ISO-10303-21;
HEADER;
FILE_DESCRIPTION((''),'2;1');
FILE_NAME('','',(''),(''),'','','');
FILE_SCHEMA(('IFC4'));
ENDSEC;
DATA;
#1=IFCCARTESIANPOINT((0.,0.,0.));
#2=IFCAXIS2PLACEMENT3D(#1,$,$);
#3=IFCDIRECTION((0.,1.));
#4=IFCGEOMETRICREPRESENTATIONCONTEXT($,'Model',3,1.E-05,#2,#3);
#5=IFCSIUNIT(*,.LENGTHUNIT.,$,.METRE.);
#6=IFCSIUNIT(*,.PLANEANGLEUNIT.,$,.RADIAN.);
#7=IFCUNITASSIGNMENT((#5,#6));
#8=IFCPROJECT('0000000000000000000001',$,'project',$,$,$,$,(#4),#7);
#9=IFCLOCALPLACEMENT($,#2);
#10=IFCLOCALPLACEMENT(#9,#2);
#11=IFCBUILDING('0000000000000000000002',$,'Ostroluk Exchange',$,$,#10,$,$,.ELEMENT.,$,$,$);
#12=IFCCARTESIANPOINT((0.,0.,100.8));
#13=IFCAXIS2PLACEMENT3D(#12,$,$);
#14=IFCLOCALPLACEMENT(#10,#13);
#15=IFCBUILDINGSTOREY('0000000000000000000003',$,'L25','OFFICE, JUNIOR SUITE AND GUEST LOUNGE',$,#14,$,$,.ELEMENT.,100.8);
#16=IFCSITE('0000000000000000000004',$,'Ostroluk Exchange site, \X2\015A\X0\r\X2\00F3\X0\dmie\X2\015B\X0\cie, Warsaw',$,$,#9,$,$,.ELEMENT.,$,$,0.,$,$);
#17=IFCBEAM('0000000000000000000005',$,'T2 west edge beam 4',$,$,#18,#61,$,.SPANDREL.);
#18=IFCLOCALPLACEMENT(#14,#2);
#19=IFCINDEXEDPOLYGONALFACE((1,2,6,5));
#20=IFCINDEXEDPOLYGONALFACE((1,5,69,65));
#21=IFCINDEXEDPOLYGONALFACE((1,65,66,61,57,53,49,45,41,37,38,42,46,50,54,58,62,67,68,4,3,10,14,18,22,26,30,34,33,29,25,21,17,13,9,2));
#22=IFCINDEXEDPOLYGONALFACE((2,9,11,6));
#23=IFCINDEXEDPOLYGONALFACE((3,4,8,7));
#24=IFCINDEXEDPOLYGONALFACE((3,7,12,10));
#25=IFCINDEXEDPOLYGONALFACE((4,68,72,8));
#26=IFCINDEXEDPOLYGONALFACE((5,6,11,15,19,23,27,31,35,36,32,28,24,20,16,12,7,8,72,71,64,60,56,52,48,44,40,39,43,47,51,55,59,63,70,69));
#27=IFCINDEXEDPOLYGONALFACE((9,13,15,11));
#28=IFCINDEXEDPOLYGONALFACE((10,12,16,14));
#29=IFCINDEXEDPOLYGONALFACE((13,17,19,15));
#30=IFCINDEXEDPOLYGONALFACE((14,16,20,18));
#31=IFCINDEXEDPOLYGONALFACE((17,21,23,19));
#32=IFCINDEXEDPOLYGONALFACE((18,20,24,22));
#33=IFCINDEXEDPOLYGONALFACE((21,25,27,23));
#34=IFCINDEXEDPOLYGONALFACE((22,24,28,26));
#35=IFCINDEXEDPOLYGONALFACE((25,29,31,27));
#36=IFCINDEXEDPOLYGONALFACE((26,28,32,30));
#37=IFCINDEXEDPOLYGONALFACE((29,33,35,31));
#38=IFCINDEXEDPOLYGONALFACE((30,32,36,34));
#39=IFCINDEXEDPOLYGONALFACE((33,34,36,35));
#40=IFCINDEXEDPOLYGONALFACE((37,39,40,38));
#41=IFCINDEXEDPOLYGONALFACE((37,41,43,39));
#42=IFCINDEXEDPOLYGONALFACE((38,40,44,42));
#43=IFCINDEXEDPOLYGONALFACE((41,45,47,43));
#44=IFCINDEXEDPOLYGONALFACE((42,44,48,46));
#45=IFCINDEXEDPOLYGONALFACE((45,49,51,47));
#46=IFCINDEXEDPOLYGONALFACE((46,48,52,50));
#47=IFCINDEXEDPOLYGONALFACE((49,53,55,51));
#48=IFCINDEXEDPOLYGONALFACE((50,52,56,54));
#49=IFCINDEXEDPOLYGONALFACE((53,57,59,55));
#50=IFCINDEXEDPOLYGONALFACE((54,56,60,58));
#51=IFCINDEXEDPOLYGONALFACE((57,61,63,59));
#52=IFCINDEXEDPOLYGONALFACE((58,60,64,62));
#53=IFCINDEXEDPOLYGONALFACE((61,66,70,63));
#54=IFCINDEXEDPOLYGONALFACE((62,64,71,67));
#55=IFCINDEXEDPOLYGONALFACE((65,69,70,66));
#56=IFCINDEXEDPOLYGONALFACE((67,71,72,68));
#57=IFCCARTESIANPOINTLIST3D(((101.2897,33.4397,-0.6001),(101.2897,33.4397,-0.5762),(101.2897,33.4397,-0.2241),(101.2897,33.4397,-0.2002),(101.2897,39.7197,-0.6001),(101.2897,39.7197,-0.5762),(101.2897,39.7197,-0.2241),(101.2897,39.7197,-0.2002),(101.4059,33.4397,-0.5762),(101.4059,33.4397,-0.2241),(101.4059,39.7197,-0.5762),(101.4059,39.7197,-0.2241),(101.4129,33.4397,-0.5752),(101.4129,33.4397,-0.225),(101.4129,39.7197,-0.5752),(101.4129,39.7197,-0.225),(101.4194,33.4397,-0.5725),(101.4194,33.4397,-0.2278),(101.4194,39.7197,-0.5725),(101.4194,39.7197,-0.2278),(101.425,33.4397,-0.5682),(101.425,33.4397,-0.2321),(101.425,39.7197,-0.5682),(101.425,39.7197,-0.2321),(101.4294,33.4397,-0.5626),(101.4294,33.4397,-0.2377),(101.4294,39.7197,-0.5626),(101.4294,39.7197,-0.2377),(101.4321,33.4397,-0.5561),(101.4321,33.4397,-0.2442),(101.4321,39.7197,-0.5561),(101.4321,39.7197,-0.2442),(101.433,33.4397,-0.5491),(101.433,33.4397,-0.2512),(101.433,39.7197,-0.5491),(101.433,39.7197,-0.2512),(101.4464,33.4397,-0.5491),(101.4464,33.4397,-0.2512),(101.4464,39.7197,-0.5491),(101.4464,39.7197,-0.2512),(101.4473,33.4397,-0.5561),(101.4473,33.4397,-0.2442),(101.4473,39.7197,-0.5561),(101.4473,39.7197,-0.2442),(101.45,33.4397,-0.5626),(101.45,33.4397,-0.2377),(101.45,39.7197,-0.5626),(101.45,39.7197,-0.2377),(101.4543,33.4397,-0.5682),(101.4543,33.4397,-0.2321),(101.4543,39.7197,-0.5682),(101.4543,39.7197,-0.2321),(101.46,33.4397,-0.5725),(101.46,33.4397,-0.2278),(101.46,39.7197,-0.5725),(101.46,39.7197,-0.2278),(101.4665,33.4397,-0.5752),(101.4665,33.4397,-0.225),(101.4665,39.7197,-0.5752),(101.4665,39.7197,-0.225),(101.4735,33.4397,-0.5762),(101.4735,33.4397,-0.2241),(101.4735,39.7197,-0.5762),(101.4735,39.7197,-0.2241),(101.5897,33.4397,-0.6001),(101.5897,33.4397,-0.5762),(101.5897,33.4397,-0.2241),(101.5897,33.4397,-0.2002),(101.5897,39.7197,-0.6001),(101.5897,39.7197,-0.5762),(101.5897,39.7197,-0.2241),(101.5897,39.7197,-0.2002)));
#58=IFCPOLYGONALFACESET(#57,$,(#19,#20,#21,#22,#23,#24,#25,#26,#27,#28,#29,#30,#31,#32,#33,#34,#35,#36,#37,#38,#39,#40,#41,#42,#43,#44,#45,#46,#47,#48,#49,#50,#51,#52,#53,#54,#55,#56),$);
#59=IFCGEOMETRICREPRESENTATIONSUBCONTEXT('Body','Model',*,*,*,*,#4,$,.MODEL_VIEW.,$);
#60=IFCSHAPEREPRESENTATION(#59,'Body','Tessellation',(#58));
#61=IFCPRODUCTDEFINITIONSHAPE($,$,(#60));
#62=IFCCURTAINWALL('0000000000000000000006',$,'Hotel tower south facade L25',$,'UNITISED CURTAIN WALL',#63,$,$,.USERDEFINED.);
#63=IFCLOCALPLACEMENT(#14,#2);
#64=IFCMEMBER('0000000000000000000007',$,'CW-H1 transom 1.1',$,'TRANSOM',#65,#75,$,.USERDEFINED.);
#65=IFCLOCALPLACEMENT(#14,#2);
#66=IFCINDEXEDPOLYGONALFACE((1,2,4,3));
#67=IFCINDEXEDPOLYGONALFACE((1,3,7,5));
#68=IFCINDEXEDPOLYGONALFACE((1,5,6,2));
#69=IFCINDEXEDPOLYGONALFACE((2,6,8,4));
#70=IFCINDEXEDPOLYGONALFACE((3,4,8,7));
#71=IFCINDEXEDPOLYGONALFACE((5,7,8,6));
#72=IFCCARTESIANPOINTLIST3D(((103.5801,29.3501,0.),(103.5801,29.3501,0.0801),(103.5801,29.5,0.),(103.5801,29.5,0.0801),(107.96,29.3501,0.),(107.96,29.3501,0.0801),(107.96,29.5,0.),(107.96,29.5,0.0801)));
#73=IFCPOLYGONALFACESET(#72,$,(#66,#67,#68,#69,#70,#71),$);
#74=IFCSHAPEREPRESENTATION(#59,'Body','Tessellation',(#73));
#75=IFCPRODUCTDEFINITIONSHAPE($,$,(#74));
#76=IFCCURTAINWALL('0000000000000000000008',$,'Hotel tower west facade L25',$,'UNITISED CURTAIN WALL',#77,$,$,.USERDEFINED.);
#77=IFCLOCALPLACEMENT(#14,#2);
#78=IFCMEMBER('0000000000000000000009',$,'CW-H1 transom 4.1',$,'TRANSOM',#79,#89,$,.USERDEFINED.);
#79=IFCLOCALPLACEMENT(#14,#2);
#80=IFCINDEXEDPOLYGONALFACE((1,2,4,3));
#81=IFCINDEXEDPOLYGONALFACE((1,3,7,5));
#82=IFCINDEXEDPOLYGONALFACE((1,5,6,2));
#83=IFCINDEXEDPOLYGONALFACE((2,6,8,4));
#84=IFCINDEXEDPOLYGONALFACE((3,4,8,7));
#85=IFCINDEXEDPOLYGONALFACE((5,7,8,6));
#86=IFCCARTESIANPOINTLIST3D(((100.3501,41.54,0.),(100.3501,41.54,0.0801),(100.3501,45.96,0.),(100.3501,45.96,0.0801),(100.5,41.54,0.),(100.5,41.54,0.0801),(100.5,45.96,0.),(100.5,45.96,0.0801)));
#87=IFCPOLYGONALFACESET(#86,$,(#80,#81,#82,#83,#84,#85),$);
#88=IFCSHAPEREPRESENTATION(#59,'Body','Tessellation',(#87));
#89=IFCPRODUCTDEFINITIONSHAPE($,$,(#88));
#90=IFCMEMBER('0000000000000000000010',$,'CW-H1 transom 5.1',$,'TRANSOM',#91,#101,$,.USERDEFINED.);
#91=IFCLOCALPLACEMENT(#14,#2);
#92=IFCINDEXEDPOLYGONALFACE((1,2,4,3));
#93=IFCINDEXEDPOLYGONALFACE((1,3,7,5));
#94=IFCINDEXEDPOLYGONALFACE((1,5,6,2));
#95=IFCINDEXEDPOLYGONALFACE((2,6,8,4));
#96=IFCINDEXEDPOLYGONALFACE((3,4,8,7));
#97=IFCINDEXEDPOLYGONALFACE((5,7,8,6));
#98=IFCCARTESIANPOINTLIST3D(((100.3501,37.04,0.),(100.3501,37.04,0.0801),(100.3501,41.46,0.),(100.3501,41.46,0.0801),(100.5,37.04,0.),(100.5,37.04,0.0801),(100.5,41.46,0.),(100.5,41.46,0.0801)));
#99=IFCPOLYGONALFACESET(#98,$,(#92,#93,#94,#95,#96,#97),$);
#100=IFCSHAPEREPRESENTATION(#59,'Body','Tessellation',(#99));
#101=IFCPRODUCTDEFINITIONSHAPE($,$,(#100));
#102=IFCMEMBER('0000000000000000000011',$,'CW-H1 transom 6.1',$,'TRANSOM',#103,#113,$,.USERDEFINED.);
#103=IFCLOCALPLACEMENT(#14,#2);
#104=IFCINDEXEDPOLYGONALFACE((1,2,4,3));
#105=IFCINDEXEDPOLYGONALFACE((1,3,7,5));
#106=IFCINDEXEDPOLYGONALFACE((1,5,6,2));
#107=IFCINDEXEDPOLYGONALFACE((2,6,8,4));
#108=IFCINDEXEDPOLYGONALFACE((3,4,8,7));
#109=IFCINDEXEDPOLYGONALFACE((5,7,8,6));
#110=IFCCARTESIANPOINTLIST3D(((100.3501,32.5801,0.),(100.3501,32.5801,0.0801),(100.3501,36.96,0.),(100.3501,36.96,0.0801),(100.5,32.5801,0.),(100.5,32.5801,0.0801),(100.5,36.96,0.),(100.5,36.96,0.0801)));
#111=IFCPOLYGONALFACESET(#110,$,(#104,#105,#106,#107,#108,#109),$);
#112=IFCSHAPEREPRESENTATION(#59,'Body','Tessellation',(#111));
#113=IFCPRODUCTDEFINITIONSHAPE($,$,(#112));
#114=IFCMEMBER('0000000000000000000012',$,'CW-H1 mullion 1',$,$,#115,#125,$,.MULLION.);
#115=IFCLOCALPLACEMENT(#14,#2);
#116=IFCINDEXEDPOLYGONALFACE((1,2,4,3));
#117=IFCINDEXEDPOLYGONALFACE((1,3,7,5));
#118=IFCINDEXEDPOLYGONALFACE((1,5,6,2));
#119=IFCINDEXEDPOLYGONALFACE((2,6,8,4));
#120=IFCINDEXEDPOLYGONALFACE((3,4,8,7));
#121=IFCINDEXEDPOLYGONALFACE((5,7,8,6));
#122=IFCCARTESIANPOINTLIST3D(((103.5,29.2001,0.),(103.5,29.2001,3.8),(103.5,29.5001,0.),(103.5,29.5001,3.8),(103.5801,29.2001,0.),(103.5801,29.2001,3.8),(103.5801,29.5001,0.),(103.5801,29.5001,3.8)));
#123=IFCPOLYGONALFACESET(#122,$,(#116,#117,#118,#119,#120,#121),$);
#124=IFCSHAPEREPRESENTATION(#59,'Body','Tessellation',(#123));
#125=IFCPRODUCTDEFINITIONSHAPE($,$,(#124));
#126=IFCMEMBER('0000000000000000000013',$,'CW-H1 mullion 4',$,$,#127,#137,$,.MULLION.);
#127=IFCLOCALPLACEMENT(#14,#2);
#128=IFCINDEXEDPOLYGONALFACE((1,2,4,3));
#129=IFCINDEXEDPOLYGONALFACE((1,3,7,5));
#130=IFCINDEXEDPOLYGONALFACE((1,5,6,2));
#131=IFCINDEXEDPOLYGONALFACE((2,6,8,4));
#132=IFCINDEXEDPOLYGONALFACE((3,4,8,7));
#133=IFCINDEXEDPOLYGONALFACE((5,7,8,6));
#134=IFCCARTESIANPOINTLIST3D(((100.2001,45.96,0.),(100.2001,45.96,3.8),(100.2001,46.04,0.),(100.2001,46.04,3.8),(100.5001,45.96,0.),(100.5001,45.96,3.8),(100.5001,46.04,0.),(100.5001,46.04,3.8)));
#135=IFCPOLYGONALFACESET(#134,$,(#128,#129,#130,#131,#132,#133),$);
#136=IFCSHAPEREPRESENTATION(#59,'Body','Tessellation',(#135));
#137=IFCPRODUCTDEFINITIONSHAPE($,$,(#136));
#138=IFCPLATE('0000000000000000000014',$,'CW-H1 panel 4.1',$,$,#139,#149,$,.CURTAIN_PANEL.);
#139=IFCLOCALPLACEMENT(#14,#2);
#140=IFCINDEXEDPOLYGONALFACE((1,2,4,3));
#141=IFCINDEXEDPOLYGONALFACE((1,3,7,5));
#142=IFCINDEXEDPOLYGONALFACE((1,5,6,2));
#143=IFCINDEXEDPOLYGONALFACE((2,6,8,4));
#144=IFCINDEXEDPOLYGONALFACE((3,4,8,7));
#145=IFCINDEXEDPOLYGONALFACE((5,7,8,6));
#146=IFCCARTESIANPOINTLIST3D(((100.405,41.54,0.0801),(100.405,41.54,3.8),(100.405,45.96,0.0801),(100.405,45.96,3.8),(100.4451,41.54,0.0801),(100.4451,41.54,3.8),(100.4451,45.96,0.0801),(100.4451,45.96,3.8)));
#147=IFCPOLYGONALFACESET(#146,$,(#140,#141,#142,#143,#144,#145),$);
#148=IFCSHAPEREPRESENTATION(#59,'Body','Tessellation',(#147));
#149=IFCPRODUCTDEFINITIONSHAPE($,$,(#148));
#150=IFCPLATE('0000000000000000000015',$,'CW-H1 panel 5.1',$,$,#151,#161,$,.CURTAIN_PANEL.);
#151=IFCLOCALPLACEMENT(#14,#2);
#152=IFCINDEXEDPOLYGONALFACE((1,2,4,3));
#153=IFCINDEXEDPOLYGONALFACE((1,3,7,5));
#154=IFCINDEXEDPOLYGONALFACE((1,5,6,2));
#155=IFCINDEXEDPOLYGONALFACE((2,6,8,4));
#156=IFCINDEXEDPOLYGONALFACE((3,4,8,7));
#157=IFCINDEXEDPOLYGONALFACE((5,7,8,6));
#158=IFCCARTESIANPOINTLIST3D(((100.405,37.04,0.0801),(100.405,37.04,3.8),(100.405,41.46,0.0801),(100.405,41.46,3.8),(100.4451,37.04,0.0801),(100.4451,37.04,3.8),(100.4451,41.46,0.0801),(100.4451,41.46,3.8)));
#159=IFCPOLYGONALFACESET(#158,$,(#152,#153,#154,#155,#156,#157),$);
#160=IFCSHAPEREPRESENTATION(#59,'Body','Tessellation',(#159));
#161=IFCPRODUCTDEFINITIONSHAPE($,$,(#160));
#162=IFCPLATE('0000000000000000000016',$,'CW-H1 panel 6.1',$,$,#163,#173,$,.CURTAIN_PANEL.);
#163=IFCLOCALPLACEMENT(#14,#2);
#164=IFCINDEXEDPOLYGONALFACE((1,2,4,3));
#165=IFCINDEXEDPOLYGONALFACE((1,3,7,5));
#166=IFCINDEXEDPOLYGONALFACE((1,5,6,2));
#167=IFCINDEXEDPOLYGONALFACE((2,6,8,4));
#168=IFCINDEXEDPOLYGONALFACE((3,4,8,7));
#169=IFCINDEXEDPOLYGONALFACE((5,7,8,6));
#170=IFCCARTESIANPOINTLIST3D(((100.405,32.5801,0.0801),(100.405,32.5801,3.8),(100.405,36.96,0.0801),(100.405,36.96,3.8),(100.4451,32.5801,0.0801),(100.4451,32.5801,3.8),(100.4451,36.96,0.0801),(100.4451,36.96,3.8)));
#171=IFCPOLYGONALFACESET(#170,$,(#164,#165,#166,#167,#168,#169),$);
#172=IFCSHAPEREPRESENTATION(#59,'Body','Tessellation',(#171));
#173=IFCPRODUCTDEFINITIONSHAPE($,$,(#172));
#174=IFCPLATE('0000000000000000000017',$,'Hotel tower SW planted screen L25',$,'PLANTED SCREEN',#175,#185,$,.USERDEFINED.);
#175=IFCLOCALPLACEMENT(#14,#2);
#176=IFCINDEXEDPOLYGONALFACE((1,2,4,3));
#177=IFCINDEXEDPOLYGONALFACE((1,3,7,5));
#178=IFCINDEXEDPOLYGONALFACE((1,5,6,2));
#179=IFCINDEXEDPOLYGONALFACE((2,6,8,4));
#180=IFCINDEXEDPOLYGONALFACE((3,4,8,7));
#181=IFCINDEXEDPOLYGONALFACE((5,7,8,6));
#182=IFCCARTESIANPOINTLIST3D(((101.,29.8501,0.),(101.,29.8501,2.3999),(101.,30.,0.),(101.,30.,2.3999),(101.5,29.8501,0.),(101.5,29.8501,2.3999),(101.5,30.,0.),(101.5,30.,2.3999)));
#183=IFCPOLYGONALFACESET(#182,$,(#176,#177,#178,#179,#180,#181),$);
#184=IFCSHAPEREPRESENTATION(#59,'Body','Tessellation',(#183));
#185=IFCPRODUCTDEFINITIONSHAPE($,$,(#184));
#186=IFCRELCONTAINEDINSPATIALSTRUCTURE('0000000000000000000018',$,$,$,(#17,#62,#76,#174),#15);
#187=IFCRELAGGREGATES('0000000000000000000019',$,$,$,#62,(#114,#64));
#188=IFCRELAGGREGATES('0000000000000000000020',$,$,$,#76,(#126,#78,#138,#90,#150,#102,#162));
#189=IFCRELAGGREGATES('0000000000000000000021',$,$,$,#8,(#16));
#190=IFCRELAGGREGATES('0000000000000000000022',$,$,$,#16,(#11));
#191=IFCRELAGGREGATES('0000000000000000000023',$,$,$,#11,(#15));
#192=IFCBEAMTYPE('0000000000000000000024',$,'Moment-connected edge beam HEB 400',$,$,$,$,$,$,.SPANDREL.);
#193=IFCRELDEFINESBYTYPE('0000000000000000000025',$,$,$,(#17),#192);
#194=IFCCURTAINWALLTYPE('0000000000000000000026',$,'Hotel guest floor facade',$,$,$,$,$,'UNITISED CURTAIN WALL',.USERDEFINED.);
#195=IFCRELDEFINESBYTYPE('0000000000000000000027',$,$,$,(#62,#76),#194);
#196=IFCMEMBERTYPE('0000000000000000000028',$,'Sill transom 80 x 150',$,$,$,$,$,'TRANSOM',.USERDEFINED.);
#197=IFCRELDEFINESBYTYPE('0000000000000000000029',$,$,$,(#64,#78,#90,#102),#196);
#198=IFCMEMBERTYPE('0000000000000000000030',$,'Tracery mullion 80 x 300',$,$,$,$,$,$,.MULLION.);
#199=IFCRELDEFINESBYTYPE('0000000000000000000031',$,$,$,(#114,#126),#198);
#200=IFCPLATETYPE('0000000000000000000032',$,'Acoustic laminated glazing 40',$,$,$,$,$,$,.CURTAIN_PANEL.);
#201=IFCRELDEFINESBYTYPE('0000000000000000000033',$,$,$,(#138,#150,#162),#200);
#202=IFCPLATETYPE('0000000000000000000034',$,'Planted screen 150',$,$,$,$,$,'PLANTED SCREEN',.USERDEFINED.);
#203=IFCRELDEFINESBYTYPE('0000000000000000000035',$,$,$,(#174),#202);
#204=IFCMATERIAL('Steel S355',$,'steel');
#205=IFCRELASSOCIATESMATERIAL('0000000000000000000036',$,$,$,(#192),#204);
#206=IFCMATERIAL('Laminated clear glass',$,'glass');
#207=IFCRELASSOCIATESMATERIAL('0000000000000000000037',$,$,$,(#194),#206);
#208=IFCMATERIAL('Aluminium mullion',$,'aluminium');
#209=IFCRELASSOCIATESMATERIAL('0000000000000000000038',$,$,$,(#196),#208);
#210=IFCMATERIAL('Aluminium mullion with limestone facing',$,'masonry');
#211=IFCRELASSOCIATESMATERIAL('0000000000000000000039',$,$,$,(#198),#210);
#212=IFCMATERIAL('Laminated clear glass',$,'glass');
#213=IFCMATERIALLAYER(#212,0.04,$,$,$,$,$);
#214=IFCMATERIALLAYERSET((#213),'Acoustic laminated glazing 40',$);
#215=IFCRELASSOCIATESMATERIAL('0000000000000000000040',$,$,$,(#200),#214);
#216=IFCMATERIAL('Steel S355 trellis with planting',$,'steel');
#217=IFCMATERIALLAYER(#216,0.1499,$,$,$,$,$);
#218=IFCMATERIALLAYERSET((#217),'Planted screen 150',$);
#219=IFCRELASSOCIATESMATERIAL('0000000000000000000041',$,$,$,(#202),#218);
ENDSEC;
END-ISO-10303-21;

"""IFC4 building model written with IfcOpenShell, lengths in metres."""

from ifc_helpers import new_model, si_unit, direction, frame, origin, origin_2d, place, context, subcontext, project, spatial, rectangle, i_section, extrude, material, layer, layer_set, material_profile, profile_set, type_object, element, aggregate, save


model = new_model("IFC4")

# Units and contexts
model_context = context("Model", 3, precision=1e-05, world=origin(), true_north=direction((0.0, 1.0)))
body_context = subcontext(model_context, "Body", "Model", "MODEL_VIEW")
ifc_project = project(units=[si_unit("LENGTHUNIT", "METRE"), si_unit("PLANEANGLEUNIT", "RADIAN")], contexts=[model_context])

# Site, building, storey
site_placement = place(None, origin())
site = spatial("IfcSite", under=ifc_project, at=site_placement, Name="Ostroluk Exchange site, Śródmieście, Warsaw", CompositionType="ELEMENT", RefElevation=0.0)
building_placement = place(site_placement, origin())
building = spatial("IfcBuilding", under=site, at=building_placement, Name="Ostroluk Exchange", CompositionType="ELEMENT")
storey_placement = place(building_placement, frame((0.0, 0.0, 100.8)))
storey = spatial("IfcBuildingStorey", under=building, at=storey_placement, Name="L25", Description="OFFICE, JUNIOR SUITE AND GUEST LOUNGE", CompositionType="ELEMENT", Elevation=100.8)

# Beam
ifc_material_1 = material(Name="Steel S355", Category="steel")
ifc_material_profile_1 = material_profile(ifc_material_1, i_section(OverallWidth=0.3, OverallDepth=0.3999, WebThickness=0.0134, FlangeThickness=0.0239, FilletRadius=0.0271, at=origin_2d()), Name="HEB 400")
ifc_profile_set_1 = profile_set([ifc_material_profile_1], Name="Steel S355")
beam_type_1 = type_object("IfcBeamType", Name="Moment-connected edge beam HEB 400", PredefinedType="SPANDREL", material=ifc_profile_set_1)
beam_1_placement = place(storey_placement, frame((101.4397, 39.7197, -0.4001), z_axis=(0.0, -1.0, 0.0), x_axis=(1.0, 0.0, 0.0)))
element("IfcBeam", 1, at=beam_1_placement, inside=storey, type_object=beam_type_1, Name="T2 west edge beam 4", PredefinedType="SPANDREL", context=body_context, shape_type="SweptSolid", body=[
    extrude(i_section(OverallWidth=0.3, OverallDepth=0.3999, WebThickness=0.0134, FlangeThickness=0.0239, FilletRadius=0.0271, at=origin_2d()), origin(), (0.0, 0.0, 1.0), 6.28),
])

# Curtain wall, member
ifc_material_2 = material(Name="Laminated clear glass", Category="glass")
curtain_wall_type = type_object("IfcCurtainWallType", Name="Hotel guest floor facade", ElementType="UNITISED CURTAIN WALL", PredefinedType="USERDEFINED", material=ifc_material_2)
curtain_wall_1_placement = place(storey_placement, origin())
curtain_wall_1 = element("IfcCurtainWall", 2, at=curtain_wall_1_placement, inside=storey, type_object=curtain_wall_type, Name="Hotel tower south facade L25", ObjectType="UNITISED CURTAIN WALL", PredefinedType="USERDEFINED")
ifc_material_3 = material(Name="Aluminium mullion", Category="aluminium")
ifc_material_profile_2 = material_profile(ifc_material_3, rectangle(XDim=0.1499, YDim=0.0801, at=origin_2d()), Name="Sill transom 80 x 150")
ifc_profile_set_2 = profile_set([ifc_material_profile_2], Name="Aluminium mullion")
member_type_1 = type_object("IfcMemberType", Name="Sill transom 80 x 150", ElementType="TRANSOM", PredefinedType="USERDEFINED", material=ifc_profile_set_2)
member_1_placement = place(storey_placement, frame((103.5801, 29.425, 0.04), z_axis=(1.0, 0.0, 0.0), x_axis=(0.0, 1.0, 0.0)))
member_1 = element("IfcMember", 3, at=member_1_placement, type_object=member_type_1, Name="CW-H1 transom 1.1", ObjectType="TRANSOM", PredefinedType="USERDEFINED", context=body_context, shape_type="SweptSolid", body=[
    extrude(rectangle(XDim=0.1499, YDim=0.0801, at=origin_2d()), origin(), (0.0, 0.0, 1.0), 4.3799),
])

# Curtain wall, members
curtain_wall_2_placement = place(storey_placement, origin())
curtain_wall_2 = element("IfcCurtainWall", 4, at=curtain_wall_2_placement, inside=storey, type_object=curtain_wall_type, Name="Hotel tower west facade L25", ObjectType="UNITISED CURTAIN WALL", PredefinedType="USERDEFINED")
member_2_placement = place(storey_placement, frame((100.425, 45.96, 0.04), z_axis=(0.0, -1.0, 0.0), x_axis=(1.0, 0.0, 0.0)))
member_2 = element("IfcMember", 5, at=member_2_placement, type_object=member_type_1, Name="CW-H1 transom 4.1", ObjectType="TRANSOM", PredefinedType="USERDEFINED", context=body_context, shape_type="SweptSolid", body=[
    extrude(rectangle(XDim=0.1499, YDim=0.0801, at=origin_2d()), origin(), (0.0, 0.0, 1.0), 4.4199),
])
member_3_placement = place(storey_placement, frame((100.425, 41.46, 0.04), z_axis=(0.0, -1.0, 0.0), x_axis=(1.0, 0.0, 0.0)))
member_3 = element("IfcMember", 6, at=member_3_placement, type_object=member_type_1, Name="CW-H1 transom 5.1", ObjectType="TRANSOM", PredefinedType="USERDEFINED", context=body_context, shape_type="SweptSolid", body=[
    extrude(rectangle(XDim=0.1499, YDim=0.0801, at=origin_2d()), origin(), (0.0, 0.0, 1.0), 4.4199),
])
member_4_placement = place(storey_placement, frame((100.425, 36.96, 0.04), z_axis=(0.0, -1.0, 0.0), x_axis=(1.0, 0.0, 0.0)))
member_4 = element("IfcMember", 7, at=member_4_placement, type_object=member_type_1, Name="CW-H1 transom 6.1", ObjectType="TRANSOM", PredefinedType="USERDEFINED", context=body_context, shape_type="SweptSolid", body=[
    extrude(rectangle(XDim=0.1499, YDim=0.0801, at=origin_2d()), origin(), (0.0, 0.0, 1.0), 4.3799),
])

# Members
ifc_material_4 = material(Name="Aluminium mullion with limestone facing", Category="masonry")
ifc_material_profile_3 = material_profile(ifc_material_4, rectangle(XDim=0.3, YDim=0.0801, at=origin_2d()), Name="Tracery mullion 80 x 300")
ifc_profile_set_3 = profile_set([ifc_material_profile_3], Name="Aluminium mullion with limestone facing")
member_type_2 = type_object("IfcMemberType", Name="Tracery mullion 80 x 300", PredefinedType="MULLION", material=ifc_profile_set_3)
member_5_placement = place(storey_placement, frame((103.54, 29.3501, 0.0), z_axis=(0.0, 0.0, 1.0), x_axis=(0.0, 1.0, 0.0)))
member_5 = element("IfcMember", 8, at=member_5_placement, type_object=member_type_2, Name="CW-H1 mullion 1", PredefinedType="MULLION", context=body_context, shape_type="SweptSolid", body=[
    extrude(rectangle(XDim=0.3, YDim=0.0801, at=origin_2d()), origin(), (0.0, 0.0, 1.0), 3.8),
])
aggregate(curtain_wall_1, [member_5, member_1])
member_6_placement = place(storey_placement, frame((100.3501, 46.0, 0.0), z_axis=(0.0, 0.0, 1.0), x_axis=(1.0, 0.0, 0.0)))
member_6 = element("IfcMember", 9, at=member_6_placement, type_object=member_type_2, Name="CW-H1 mullion 4", PredefinedType="MULLION", context=body_context, shape_type="SweptSolid", body=[
    extrude(rectangle(XDim=0.3, YDim=0.0801, at=origin_2d()), origin(), (0.0, 0.0, 1.0), 3.8),
])

# Plates
ifc_material_5 = material(Name="Laminated clear glass", Category="glass")
ifc_layer_1 = layer(ifc_material_5, 0.04)
ifc_layer_set_1 = layer_set([ifc_layer_1], Name="Acoustic laminated glazing 40")
plate_type_1 = type_object("IfcPlateType", Name="Acoustic laminated glazing 40", PredefinedType="CURTAIN_PANEL", material=ifc_layer_set_1)
plate_1_placement = place(storey_placement, frame((100.425, 43.75, 0.0801), z_axis=(0.0, 0.0, 1.0), x_axis=(0.0, -1.0, 0.0)))
plate_1 = element("IfcPlate", 10, at=plate_1_placement, type_object=plate_type_1, Name="CW-H1 panel 4.1", PredefinedType="CURTAIN_PANEL", context=body_context, shape_type="SweptSolid", body=[
    extrude(rectangle(XDim=4.4199, YDim=0.04, at=origin_2d()), origin(), (0.0, 0.0, 1.0), 3.72),
])
plate_2_placement = place(storey_placement, frame((100.425, 39.25, 0.0801), z_axis=(0.0, 0.0, 1.0), x_axis=(0.0, -1.0, 0.0)))
plate_2 = element("IfcPlate", 11, at=plate_2_placement, type_object=plate_type_1, Name="CW-H1 panel 5.1", PredefinedType="CURTAIN_PANEL", context=body_context, shape_type="SweptSolid", body=[
    extrude(rectangle(XDim=4.4199, YDim=0.04, at=origin_2d()), origin(), (0.0, 0.0, 1.0), 3.72),
])
plate_3_placement = place(storey_placement, frame((100.425, 34.77, 0.0801), z_axis=(0.0, 0.0, 1.0), x_axis=(0.0, -1.0, 0.0)))
plate_3 = element("IfcPlate", 12, at=plate_3_placement, type_object=plate_type_1, Name="CW-H1 panel 6.1", PredefinedType="CURTAIN_PANEL", context=body_context, shape_type="SweptSolid", body=[
    extrude(rectangle(XDim=4.3799, YDim=0.04, at=origin_2d()), origin(), (0.0, 0.0, 1.0), 3.72),
])
aggregate(curtain_wall_2, [member_6, member_2, plate_1, member_3, plate_2, member_4, plate_3])
ifc_material_6 = material(Name="Steel S355 trellis with planting", Category="steel")
ifc_layer_2 = layer(ifc_material_6, 0.1499)
ifc_layer_set_2 = layer_set([ifc_layer_2], Name="Planted screen 150")
plate_type_2 = type_object("IfcPlateType", Name="Planted screen 150", ElementType="PLANTED SCREEN", PredefinedType="USERDEFINED", material=ifc_layer_set_2)
plate_4_placement = place(storey_placement, frame((101.25, 29.925, 0.0), z_axis=(0.0, 0.0, 1.0), x_axis=(1.0, 0.0, 0.0)))
element("IfcPlate", 13, at=plate_4_placement, inside=storey, type_object=plate_type_2, Name="Hotel tower SW planted screen L25", ObjectType="PLANTED SCREEN", PredefinedType="USERDEFINED", context=body_context, shape_type="SweptSolid", body=[
    extrude(rectangle(XDim=0.5, YDim=0.1499, at=origin_2d()), origin(), (0.0, 0.0, 1.0), 2.3999),
])

save(model, "model.ifc")
